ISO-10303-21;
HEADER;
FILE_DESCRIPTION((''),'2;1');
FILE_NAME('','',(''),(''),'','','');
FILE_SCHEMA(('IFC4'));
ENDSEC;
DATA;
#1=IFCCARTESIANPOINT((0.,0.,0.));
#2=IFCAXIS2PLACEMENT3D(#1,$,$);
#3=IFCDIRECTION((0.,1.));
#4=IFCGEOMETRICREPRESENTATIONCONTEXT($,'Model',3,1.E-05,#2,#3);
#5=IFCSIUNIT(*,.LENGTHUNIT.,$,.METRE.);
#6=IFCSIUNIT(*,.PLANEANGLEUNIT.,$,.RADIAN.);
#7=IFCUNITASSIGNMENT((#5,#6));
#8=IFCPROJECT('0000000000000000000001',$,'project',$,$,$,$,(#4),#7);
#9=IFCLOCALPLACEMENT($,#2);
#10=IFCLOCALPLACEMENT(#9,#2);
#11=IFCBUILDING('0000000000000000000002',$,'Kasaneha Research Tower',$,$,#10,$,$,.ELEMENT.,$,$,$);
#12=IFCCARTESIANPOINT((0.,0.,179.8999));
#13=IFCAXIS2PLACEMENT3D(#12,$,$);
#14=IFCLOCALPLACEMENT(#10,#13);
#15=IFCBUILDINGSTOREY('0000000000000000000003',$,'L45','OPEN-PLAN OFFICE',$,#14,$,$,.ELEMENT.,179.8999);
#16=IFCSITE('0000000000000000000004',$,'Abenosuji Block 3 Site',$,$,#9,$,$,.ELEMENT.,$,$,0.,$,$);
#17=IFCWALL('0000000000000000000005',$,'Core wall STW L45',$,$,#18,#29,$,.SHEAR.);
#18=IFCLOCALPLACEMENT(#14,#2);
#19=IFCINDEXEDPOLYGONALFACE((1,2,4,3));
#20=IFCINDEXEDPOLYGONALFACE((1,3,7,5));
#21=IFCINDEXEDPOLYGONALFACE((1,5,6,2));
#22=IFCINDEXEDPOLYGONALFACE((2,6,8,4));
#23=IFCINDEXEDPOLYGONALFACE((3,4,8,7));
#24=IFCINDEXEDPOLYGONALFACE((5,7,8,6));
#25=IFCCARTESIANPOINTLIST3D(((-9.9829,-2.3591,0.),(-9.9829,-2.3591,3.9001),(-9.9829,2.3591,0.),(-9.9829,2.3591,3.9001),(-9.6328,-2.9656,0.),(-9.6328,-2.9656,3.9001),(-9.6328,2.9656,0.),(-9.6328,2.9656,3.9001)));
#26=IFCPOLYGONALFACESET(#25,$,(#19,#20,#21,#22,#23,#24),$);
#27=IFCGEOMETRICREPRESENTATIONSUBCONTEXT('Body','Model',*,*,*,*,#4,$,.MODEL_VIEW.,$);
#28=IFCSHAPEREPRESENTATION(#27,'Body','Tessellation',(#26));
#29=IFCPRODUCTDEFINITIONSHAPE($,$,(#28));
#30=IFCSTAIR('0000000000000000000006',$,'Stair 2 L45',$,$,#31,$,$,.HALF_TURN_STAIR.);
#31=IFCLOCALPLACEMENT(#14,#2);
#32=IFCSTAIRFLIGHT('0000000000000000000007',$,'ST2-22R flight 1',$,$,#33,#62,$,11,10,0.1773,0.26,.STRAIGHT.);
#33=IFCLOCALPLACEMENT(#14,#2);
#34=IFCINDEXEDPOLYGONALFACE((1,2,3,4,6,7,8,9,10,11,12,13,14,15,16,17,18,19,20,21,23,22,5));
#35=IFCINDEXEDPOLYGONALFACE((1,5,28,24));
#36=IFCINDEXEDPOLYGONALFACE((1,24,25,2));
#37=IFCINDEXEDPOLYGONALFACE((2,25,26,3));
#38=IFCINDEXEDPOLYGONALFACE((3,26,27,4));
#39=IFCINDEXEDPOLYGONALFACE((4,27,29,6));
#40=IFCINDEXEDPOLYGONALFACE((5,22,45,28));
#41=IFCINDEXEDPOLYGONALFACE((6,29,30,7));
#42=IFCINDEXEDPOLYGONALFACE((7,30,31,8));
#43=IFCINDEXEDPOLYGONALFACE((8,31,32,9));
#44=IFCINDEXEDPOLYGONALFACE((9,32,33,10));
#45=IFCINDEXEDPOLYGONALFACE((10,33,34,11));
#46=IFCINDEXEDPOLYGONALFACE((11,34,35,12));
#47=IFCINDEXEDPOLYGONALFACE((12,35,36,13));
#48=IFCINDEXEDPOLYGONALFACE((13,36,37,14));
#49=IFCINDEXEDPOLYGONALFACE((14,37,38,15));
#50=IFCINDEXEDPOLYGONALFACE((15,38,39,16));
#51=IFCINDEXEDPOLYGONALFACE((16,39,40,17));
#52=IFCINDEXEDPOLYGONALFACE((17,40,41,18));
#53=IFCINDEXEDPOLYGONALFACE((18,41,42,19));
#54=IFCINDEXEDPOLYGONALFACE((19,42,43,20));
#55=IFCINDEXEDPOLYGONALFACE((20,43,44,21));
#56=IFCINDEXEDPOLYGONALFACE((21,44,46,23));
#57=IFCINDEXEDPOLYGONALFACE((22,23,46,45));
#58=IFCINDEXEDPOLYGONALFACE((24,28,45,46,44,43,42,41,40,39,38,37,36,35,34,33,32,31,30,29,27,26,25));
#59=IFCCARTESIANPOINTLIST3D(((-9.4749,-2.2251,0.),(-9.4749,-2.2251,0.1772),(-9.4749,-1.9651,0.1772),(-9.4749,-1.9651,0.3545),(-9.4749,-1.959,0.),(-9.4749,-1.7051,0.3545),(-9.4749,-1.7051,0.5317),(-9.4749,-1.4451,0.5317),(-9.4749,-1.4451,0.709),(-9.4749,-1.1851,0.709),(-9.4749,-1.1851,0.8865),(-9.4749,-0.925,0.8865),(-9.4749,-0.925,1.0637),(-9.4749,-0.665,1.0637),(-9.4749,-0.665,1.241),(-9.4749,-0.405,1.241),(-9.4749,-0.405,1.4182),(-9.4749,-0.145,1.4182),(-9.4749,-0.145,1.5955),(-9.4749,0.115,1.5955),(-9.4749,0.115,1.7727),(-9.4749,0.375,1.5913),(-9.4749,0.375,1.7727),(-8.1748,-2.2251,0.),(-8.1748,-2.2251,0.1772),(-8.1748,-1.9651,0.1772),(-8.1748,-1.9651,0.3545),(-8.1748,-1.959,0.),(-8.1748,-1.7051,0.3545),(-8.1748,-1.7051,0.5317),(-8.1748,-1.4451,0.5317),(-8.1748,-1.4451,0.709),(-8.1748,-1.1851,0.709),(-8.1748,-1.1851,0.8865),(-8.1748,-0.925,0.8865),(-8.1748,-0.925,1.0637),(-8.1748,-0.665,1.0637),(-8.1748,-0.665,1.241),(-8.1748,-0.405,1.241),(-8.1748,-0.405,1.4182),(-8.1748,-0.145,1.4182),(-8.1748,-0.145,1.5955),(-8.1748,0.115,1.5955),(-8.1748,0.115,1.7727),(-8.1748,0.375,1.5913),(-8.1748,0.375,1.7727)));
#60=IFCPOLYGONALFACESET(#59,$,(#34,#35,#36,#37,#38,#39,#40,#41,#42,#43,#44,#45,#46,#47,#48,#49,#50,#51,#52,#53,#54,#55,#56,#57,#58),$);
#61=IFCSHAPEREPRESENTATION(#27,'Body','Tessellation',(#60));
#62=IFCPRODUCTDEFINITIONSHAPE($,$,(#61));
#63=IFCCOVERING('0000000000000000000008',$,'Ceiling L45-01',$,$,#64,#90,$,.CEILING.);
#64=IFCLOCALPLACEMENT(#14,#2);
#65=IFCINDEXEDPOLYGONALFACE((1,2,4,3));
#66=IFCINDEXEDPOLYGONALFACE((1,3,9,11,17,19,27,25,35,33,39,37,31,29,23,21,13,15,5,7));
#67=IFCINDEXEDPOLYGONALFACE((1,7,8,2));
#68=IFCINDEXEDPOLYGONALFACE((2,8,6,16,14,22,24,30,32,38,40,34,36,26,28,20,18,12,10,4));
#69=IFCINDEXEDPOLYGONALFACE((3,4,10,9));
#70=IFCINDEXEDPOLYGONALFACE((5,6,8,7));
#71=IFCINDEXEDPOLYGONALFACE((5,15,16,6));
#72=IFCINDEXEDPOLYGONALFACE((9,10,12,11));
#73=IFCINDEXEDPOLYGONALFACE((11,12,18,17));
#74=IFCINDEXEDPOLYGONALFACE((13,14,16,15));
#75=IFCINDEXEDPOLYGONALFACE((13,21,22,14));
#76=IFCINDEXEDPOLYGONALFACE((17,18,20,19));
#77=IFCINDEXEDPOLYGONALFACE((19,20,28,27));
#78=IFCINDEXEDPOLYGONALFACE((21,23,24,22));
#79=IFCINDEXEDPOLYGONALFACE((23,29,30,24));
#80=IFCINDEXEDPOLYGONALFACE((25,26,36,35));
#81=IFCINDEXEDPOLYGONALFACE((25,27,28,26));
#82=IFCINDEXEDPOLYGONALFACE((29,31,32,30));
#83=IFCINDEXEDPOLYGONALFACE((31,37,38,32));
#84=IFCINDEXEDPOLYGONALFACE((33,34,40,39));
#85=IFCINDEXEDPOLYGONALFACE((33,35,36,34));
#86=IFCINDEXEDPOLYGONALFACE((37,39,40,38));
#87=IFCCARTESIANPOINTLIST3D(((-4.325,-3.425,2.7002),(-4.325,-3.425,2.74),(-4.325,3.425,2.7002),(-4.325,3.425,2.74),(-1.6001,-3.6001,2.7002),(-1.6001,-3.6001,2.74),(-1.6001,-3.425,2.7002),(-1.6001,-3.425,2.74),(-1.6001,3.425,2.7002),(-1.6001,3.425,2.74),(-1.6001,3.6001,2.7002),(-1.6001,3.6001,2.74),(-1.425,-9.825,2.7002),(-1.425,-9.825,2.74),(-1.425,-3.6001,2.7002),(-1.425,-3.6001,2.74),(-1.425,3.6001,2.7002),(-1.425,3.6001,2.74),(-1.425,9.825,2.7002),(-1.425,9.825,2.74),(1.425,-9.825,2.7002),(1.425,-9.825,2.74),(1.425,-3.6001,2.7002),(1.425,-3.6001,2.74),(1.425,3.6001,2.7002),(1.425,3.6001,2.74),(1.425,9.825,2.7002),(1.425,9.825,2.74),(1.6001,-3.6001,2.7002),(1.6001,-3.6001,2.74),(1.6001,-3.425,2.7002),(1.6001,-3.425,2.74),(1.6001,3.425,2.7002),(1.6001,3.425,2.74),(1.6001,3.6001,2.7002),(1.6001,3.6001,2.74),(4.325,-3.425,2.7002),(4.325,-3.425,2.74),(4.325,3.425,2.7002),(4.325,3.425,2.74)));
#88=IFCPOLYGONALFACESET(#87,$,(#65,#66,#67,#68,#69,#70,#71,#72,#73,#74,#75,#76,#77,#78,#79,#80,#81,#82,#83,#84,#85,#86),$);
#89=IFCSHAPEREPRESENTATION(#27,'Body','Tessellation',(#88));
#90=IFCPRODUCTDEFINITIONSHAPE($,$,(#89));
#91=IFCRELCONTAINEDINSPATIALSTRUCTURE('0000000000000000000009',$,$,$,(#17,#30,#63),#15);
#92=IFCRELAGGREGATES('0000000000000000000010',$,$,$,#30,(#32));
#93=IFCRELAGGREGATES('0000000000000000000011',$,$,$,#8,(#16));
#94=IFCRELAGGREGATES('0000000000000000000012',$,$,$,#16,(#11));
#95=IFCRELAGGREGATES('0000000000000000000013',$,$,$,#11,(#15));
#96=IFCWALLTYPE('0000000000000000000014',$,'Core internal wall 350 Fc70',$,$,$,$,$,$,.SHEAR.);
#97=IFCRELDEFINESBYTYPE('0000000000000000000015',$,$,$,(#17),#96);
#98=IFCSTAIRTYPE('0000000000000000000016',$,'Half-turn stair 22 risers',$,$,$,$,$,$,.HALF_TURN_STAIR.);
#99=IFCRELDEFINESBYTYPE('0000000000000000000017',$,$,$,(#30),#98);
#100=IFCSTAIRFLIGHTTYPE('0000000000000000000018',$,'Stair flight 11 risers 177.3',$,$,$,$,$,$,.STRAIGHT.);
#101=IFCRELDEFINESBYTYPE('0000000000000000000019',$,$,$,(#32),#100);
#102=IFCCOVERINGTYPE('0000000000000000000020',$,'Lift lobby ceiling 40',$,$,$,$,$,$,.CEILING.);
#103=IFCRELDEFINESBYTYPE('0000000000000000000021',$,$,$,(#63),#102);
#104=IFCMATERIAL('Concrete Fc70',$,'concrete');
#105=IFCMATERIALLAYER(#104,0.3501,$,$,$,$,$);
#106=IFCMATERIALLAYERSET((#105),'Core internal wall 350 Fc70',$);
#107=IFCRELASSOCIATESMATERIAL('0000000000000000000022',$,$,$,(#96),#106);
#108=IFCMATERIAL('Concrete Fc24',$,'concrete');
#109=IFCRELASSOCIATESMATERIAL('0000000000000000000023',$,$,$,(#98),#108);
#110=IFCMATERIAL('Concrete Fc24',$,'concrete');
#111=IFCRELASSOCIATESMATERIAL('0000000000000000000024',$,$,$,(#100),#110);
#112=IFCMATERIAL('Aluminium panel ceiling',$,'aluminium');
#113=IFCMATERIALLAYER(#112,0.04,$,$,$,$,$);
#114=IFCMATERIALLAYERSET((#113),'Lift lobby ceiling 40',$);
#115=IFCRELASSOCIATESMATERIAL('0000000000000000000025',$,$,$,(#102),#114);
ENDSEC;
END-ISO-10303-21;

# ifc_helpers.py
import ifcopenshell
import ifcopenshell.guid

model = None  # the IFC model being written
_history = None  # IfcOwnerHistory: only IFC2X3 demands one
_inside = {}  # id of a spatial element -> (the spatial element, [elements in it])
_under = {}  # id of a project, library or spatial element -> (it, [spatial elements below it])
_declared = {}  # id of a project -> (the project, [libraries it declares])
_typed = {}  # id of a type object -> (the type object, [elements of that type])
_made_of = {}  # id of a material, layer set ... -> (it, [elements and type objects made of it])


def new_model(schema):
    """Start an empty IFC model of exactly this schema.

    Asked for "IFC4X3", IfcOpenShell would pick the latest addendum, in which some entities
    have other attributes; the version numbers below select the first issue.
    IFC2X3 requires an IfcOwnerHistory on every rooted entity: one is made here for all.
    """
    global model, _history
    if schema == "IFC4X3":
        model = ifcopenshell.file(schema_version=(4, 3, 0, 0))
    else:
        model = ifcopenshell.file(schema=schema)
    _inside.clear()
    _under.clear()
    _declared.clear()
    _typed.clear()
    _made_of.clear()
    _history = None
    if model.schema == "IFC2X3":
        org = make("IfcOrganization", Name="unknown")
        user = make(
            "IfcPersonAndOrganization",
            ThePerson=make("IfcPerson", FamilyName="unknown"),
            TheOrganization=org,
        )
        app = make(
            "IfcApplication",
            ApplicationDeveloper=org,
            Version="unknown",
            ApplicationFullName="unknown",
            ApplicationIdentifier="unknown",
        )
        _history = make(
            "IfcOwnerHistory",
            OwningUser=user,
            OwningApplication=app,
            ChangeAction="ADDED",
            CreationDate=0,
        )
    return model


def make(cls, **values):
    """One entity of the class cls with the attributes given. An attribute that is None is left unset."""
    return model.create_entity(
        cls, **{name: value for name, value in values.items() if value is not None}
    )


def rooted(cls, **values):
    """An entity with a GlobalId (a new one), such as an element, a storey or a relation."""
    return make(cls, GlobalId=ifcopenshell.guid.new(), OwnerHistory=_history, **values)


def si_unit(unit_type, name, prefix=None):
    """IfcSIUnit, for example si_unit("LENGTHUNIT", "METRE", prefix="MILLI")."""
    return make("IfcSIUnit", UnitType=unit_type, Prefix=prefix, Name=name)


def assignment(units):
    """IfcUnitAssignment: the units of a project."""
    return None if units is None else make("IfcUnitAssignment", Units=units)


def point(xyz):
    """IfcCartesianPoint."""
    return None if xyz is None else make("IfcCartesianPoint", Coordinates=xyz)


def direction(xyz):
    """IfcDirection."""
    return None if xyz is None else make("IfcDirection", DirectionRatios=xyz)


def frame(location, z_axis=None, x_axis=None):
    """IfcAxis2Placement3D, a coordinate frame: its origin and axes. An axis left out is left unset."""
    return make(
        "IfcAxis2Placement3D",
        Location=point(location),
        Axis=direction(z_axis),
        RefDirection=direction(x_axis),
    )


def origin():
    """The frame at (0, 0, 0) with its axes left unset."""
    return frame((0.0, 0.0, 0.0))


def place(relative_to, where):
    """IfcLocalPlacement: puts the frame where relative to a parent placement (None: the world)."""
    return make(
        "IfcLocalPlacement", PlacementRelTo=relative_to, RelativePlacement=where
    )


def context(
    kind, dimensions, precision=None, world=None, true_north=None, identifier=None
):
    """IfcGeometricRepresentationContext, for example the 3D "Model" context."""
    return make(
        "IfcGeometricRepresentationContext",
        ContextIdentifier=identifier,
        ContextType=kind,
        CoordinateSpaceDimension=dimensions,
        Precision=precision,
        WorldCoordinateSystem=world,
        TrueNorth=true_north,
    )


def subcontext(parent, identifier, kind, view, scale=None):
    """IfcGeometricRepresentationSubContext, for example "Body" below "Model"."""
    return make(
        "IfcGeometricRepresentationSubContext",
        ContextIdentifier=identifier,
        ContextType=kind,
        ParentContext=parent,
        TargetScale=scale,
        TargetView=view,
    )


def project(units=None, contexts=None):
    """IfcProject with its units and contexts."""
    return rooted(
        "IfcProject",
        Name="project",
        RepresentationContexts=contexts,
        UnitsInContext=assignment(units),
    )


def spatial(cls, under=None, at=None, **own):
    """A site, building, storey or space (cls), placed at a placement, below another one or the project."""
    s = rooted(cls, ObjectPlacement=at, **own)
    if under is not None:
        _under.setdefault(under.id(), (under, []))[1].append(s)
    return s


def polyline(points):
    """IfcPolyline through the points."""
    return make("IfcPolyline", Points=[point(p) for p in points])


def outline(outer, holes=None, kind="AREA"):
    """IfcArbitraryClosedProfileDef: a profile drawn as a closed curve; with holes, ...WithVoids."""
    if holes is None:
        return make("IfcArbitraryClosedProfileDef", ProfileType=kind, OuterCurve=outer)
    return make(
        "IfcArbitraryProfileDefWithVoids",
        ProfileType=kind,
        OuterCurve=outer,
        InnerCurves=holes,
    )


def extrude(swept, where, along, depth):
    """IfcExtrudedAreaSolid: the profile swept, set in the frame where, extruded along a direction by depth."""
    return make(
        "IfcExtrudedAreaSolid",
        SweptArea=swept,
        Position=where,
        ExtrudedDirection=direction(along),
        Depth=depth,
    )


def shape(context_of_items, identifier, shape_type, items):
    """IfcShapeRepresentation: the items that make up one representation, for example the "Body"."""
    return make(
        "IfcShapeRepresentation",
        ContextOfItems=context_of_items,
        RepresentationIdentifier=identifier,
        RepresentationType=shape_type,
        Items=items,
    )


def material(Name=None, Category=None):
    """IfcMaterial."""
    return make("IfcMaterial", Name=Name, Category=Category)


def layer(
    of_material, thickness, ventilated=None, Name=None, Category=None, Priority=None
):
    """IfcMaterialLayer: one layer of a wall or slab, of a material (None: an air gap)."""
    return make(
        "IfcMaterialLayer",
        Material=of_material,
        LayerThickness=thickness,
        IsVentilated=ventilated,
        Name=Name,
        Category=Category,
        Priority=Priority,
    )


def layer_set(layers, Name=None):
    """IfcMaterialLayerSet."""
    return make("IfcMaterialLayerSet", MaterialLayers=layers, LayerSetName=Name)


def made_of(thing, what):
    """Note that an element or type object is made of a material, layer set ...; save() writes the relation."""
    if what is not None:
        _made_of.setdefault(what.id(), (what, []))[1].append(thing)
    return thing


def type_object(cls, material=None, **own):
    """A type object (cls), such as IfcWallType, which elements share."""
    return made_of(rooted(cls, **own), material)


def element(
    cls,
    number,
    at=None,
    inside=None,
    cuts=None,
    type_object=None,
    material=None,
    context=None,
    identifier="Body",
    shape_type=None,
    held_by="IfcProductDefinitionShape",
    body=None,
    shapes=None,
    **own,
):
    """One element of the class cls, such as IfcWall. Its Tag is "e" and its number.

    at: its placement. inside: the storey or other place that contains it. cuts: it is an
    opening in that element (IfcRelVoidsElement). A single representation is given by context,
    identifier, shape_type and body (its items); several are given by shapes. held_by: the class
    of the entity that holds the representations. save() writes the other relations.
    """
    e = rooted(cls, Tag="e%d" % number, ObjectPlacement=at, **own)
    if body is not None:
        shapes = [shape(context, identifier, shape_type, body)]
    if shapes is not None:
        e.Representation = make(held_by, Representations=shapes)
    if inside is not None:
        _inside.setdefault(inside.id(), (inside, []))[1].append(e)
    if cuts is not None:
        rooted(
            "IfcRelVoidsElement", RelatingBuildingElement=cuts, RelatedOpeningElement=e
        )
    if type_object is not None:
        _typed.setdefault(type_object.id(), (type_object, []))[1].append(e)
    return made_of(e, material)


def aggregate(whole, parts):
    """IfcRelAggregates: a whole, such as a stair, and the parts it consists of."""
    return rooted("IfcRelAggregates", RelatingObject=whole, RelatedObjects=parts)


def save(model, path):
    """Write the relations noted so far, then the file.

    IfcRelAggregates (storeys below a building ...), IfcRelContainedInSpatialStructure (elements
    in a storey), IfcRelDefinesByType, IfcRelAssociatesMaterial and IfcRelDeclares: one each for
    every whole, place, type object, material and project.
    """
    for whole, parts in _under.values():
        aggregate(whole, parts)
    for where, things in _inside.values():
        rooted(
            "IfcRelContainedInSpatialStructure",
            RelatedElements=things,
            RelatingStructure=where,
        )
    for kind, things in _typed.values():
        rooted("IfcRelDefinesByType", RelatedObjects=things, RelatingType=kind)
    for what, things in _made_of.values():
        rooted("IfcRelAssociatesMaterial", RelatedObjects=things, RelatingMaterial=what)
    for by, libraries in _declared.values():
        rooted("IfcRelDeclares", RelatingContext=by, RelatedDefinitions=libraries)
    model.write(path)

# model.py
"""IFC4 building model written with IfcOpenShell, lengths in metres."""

from ifc_helpers import new_model, si_unit, direction, frame, origin, place, context, subcontext, project, spatial, polyline, outline, extrude, material, layer, layer_set, type_object, element, aggregate, save


model = new_model("IFC4")

# Units and contexts
model_context = context("Model", 3, precision=1e-05, world=origin(), true_north=direction((0.0, 1.0)))
body_context = subcontext(model_context, "Body", "Model", "MODEL_VIEW")
ifc_project = project(units=[si_unit("LENGTHUNIT", "METRE"), si_unit("PLANEANGLEUNIT", "RADIAN")], contexts=[model_context])

# Site, building, storey
site_placement = place(None, origin())
site = spatial("IfcSite", under=ifc_project, at=site_placement, Name="Abenosuji Block 3 Site", CompositionType="ELEMENT", RefElevation=0.0)
building_placement = place(site_placement, origin())
building = spatial("IfcBuilding", under=site, at=building_placement, Name="Kasaneha Research Tower", CompositionType="ELEMENT")
storey_placement = place(building_placement, frame((0.0, 0.0, 179.8999)))
storey = spatial("IfcBuildingStorey", under=building, at=storey_placement, Name="L45", Description="OPEN-PLAN OFFICE", CompositionType="ELEMENT", Elevation=179.8999)

# Shared definitions
ifc_material_1 = material(Name="Concrete Fc70", Category="concrete")
ifc_layer_1 = layer(ifc_material_1, 0.3501)
ifc_layer_set_1 = layer_set([ifc_layer_1], Name="Core internal wall 350 Fc70")
wall_type = type_object("IfcWallType", Name="Core internal wall 350 Fc70", PredefinedType="SHEAR", material=ifc_layer_set_1)

# Wall
wall_1_placement = place(storey_placement, frame((-9.8079, -2.6624, 0.0), z_axis=(0.0, 0.0, 1.0), x_axis=(0.0, 1.0, 0.0)))
element("IfcWall", 1, at=wall_1_placement, inside=storey, type_object=wall_type, Name="Core wall STW L45", PredefinedType="SHEAR", context=body_context, shape_type="SweptSolid", body=[
    extrude(outline(polyline([(-0.3032, -0.175), (5.6279, -0.175), (5.0215, 0.175), (0.3032, 0.175), (-0.3032, -0.175)])), origin(), (0.0, 0.0, 1.0), 3.9001),
])

# Stair, stair flight
ifc_material_2 = material(Name="Concrete Fc24", Category="concrete")
stair_type = type_object("IfcStairType", Name="Half-turn stair 22 risers", PredefinedType="HALF_TURN_STAIR", material=ifc_material_2)
stair_placement = place(storey_placement, origin())
stair = element("IfcStair", 2, at=stair_placement, inside=storey, type_object=stair_type, Name="Stair 2 L45", PredefinedType="HALF_TURN_STAIR")
ifc_material_3 = material(Name="Concrete Fc24", Category="concrete")
stair_flight_type = type_object("IfcStairFlightType", Name="Stair flight 11 risers 177.3", PredefinedType="STRAIGHT", material=ifc_material_3)
stair_flight_placement = place(storey_placement, frame((-8.825, -2.2251, 0.0), z_axis=(0.0, 0.0, 1.0), x_axis=(0.0, 1.0, 0.0)))
stair_flight = element("IfcStairFlight", 3, at=stair_flight_placement, type_object=stair_flight_type, Name="ST2-22R flight 1", NumberOfRisers=11, NumberOfTreads=10, PredefinedType="STRAIGHT", RiserHeight=0.1773, TreadLength=0.26, context=body_context, shape_type="SweptSolid", body=[
    extrude(outline(polyline([(0.0, 0.0), (0.0, 0.1772), (0.26, 0.1772), (0.26, 0.3545), (0.52, 0.3545), (0.52, 0.5317), (0.78, 0.5317), (0.78, 0.709), (1.04, 0.709), (1.04, 0.8865), (1.3, 0.8865), (1.3, 1.0637), (1.5601, 1.0637), (1.5601, 1.241), (1.8201, 1.241), (1.8201, 1.4182), (2.0801, 1.4182), (2.0801, 1.5955), (2.3401, 1.5955), (2.3401, 1.7727), (2.6001, 1.7727), (2.6001, 1.95), (2.6001, 1.5913), (0.2661, 0.0), (0.0, 0.0)])), frame((0.0, 0.6499, 0.0), z_axis=(0.0, -1.0, 0.0), x_axis=(1.0, 0.0, 0.0)), (0.0, 0.0, 1.0), 1.3),
])
aggregate(stair, [stair_flight])

# Covering
ifc_material_4 = material(Name="Aluminium panel ceiling", Category="aluminium")
ifc_layer_2 = layer(ifc_material_4, 0.04)
ifc_layer_set_2 = layer_set([ifc_layer_2], Name="Lift lobby ceiling 40")
covering_type_1 = type_object("IfcCoveringType", Name="Lift lobby ceiling 40", PredefinedType="CEILING", material=ifc_layer_set_2)
covering_1_placement = place(storey_placement, frame((0.0, 0.0, 2.7002)))
element("IfcCovering", 4, at=covering_1_placement, inside=storey, type_object=covering_type_1, Name="Ceiling L45-01", PredefinedType="CEILING", context=body_context, shape_type="SweptSolid", body=[
    extrude(outline(polyline([(1.425, 9.825), (1.425, 3.6001), (1.6001, 3.6001), (1.6001, 3.425), (4.325, 3.425), (4.325, -3.425), (1.6001, -3.425), (1.6001, -3.6001), (1.425, -3.6001), (1.425, -9.825), (-1.425, -9.825), (-1.425, -3.6001), (-1.6001, -3.6001), (-1.6001, -3.425), (-4.325, -3.425), (-4.325, 3.425), (-1.6001, 3.425), (-1.6001, 3.6001), (-1.425, 3.6001), (-1.425, 9.825), (1.425, 9.825)])), origin(), (0.0, 0.0, 1.0), 0.0398),
])

save(model, "model.ifc")
